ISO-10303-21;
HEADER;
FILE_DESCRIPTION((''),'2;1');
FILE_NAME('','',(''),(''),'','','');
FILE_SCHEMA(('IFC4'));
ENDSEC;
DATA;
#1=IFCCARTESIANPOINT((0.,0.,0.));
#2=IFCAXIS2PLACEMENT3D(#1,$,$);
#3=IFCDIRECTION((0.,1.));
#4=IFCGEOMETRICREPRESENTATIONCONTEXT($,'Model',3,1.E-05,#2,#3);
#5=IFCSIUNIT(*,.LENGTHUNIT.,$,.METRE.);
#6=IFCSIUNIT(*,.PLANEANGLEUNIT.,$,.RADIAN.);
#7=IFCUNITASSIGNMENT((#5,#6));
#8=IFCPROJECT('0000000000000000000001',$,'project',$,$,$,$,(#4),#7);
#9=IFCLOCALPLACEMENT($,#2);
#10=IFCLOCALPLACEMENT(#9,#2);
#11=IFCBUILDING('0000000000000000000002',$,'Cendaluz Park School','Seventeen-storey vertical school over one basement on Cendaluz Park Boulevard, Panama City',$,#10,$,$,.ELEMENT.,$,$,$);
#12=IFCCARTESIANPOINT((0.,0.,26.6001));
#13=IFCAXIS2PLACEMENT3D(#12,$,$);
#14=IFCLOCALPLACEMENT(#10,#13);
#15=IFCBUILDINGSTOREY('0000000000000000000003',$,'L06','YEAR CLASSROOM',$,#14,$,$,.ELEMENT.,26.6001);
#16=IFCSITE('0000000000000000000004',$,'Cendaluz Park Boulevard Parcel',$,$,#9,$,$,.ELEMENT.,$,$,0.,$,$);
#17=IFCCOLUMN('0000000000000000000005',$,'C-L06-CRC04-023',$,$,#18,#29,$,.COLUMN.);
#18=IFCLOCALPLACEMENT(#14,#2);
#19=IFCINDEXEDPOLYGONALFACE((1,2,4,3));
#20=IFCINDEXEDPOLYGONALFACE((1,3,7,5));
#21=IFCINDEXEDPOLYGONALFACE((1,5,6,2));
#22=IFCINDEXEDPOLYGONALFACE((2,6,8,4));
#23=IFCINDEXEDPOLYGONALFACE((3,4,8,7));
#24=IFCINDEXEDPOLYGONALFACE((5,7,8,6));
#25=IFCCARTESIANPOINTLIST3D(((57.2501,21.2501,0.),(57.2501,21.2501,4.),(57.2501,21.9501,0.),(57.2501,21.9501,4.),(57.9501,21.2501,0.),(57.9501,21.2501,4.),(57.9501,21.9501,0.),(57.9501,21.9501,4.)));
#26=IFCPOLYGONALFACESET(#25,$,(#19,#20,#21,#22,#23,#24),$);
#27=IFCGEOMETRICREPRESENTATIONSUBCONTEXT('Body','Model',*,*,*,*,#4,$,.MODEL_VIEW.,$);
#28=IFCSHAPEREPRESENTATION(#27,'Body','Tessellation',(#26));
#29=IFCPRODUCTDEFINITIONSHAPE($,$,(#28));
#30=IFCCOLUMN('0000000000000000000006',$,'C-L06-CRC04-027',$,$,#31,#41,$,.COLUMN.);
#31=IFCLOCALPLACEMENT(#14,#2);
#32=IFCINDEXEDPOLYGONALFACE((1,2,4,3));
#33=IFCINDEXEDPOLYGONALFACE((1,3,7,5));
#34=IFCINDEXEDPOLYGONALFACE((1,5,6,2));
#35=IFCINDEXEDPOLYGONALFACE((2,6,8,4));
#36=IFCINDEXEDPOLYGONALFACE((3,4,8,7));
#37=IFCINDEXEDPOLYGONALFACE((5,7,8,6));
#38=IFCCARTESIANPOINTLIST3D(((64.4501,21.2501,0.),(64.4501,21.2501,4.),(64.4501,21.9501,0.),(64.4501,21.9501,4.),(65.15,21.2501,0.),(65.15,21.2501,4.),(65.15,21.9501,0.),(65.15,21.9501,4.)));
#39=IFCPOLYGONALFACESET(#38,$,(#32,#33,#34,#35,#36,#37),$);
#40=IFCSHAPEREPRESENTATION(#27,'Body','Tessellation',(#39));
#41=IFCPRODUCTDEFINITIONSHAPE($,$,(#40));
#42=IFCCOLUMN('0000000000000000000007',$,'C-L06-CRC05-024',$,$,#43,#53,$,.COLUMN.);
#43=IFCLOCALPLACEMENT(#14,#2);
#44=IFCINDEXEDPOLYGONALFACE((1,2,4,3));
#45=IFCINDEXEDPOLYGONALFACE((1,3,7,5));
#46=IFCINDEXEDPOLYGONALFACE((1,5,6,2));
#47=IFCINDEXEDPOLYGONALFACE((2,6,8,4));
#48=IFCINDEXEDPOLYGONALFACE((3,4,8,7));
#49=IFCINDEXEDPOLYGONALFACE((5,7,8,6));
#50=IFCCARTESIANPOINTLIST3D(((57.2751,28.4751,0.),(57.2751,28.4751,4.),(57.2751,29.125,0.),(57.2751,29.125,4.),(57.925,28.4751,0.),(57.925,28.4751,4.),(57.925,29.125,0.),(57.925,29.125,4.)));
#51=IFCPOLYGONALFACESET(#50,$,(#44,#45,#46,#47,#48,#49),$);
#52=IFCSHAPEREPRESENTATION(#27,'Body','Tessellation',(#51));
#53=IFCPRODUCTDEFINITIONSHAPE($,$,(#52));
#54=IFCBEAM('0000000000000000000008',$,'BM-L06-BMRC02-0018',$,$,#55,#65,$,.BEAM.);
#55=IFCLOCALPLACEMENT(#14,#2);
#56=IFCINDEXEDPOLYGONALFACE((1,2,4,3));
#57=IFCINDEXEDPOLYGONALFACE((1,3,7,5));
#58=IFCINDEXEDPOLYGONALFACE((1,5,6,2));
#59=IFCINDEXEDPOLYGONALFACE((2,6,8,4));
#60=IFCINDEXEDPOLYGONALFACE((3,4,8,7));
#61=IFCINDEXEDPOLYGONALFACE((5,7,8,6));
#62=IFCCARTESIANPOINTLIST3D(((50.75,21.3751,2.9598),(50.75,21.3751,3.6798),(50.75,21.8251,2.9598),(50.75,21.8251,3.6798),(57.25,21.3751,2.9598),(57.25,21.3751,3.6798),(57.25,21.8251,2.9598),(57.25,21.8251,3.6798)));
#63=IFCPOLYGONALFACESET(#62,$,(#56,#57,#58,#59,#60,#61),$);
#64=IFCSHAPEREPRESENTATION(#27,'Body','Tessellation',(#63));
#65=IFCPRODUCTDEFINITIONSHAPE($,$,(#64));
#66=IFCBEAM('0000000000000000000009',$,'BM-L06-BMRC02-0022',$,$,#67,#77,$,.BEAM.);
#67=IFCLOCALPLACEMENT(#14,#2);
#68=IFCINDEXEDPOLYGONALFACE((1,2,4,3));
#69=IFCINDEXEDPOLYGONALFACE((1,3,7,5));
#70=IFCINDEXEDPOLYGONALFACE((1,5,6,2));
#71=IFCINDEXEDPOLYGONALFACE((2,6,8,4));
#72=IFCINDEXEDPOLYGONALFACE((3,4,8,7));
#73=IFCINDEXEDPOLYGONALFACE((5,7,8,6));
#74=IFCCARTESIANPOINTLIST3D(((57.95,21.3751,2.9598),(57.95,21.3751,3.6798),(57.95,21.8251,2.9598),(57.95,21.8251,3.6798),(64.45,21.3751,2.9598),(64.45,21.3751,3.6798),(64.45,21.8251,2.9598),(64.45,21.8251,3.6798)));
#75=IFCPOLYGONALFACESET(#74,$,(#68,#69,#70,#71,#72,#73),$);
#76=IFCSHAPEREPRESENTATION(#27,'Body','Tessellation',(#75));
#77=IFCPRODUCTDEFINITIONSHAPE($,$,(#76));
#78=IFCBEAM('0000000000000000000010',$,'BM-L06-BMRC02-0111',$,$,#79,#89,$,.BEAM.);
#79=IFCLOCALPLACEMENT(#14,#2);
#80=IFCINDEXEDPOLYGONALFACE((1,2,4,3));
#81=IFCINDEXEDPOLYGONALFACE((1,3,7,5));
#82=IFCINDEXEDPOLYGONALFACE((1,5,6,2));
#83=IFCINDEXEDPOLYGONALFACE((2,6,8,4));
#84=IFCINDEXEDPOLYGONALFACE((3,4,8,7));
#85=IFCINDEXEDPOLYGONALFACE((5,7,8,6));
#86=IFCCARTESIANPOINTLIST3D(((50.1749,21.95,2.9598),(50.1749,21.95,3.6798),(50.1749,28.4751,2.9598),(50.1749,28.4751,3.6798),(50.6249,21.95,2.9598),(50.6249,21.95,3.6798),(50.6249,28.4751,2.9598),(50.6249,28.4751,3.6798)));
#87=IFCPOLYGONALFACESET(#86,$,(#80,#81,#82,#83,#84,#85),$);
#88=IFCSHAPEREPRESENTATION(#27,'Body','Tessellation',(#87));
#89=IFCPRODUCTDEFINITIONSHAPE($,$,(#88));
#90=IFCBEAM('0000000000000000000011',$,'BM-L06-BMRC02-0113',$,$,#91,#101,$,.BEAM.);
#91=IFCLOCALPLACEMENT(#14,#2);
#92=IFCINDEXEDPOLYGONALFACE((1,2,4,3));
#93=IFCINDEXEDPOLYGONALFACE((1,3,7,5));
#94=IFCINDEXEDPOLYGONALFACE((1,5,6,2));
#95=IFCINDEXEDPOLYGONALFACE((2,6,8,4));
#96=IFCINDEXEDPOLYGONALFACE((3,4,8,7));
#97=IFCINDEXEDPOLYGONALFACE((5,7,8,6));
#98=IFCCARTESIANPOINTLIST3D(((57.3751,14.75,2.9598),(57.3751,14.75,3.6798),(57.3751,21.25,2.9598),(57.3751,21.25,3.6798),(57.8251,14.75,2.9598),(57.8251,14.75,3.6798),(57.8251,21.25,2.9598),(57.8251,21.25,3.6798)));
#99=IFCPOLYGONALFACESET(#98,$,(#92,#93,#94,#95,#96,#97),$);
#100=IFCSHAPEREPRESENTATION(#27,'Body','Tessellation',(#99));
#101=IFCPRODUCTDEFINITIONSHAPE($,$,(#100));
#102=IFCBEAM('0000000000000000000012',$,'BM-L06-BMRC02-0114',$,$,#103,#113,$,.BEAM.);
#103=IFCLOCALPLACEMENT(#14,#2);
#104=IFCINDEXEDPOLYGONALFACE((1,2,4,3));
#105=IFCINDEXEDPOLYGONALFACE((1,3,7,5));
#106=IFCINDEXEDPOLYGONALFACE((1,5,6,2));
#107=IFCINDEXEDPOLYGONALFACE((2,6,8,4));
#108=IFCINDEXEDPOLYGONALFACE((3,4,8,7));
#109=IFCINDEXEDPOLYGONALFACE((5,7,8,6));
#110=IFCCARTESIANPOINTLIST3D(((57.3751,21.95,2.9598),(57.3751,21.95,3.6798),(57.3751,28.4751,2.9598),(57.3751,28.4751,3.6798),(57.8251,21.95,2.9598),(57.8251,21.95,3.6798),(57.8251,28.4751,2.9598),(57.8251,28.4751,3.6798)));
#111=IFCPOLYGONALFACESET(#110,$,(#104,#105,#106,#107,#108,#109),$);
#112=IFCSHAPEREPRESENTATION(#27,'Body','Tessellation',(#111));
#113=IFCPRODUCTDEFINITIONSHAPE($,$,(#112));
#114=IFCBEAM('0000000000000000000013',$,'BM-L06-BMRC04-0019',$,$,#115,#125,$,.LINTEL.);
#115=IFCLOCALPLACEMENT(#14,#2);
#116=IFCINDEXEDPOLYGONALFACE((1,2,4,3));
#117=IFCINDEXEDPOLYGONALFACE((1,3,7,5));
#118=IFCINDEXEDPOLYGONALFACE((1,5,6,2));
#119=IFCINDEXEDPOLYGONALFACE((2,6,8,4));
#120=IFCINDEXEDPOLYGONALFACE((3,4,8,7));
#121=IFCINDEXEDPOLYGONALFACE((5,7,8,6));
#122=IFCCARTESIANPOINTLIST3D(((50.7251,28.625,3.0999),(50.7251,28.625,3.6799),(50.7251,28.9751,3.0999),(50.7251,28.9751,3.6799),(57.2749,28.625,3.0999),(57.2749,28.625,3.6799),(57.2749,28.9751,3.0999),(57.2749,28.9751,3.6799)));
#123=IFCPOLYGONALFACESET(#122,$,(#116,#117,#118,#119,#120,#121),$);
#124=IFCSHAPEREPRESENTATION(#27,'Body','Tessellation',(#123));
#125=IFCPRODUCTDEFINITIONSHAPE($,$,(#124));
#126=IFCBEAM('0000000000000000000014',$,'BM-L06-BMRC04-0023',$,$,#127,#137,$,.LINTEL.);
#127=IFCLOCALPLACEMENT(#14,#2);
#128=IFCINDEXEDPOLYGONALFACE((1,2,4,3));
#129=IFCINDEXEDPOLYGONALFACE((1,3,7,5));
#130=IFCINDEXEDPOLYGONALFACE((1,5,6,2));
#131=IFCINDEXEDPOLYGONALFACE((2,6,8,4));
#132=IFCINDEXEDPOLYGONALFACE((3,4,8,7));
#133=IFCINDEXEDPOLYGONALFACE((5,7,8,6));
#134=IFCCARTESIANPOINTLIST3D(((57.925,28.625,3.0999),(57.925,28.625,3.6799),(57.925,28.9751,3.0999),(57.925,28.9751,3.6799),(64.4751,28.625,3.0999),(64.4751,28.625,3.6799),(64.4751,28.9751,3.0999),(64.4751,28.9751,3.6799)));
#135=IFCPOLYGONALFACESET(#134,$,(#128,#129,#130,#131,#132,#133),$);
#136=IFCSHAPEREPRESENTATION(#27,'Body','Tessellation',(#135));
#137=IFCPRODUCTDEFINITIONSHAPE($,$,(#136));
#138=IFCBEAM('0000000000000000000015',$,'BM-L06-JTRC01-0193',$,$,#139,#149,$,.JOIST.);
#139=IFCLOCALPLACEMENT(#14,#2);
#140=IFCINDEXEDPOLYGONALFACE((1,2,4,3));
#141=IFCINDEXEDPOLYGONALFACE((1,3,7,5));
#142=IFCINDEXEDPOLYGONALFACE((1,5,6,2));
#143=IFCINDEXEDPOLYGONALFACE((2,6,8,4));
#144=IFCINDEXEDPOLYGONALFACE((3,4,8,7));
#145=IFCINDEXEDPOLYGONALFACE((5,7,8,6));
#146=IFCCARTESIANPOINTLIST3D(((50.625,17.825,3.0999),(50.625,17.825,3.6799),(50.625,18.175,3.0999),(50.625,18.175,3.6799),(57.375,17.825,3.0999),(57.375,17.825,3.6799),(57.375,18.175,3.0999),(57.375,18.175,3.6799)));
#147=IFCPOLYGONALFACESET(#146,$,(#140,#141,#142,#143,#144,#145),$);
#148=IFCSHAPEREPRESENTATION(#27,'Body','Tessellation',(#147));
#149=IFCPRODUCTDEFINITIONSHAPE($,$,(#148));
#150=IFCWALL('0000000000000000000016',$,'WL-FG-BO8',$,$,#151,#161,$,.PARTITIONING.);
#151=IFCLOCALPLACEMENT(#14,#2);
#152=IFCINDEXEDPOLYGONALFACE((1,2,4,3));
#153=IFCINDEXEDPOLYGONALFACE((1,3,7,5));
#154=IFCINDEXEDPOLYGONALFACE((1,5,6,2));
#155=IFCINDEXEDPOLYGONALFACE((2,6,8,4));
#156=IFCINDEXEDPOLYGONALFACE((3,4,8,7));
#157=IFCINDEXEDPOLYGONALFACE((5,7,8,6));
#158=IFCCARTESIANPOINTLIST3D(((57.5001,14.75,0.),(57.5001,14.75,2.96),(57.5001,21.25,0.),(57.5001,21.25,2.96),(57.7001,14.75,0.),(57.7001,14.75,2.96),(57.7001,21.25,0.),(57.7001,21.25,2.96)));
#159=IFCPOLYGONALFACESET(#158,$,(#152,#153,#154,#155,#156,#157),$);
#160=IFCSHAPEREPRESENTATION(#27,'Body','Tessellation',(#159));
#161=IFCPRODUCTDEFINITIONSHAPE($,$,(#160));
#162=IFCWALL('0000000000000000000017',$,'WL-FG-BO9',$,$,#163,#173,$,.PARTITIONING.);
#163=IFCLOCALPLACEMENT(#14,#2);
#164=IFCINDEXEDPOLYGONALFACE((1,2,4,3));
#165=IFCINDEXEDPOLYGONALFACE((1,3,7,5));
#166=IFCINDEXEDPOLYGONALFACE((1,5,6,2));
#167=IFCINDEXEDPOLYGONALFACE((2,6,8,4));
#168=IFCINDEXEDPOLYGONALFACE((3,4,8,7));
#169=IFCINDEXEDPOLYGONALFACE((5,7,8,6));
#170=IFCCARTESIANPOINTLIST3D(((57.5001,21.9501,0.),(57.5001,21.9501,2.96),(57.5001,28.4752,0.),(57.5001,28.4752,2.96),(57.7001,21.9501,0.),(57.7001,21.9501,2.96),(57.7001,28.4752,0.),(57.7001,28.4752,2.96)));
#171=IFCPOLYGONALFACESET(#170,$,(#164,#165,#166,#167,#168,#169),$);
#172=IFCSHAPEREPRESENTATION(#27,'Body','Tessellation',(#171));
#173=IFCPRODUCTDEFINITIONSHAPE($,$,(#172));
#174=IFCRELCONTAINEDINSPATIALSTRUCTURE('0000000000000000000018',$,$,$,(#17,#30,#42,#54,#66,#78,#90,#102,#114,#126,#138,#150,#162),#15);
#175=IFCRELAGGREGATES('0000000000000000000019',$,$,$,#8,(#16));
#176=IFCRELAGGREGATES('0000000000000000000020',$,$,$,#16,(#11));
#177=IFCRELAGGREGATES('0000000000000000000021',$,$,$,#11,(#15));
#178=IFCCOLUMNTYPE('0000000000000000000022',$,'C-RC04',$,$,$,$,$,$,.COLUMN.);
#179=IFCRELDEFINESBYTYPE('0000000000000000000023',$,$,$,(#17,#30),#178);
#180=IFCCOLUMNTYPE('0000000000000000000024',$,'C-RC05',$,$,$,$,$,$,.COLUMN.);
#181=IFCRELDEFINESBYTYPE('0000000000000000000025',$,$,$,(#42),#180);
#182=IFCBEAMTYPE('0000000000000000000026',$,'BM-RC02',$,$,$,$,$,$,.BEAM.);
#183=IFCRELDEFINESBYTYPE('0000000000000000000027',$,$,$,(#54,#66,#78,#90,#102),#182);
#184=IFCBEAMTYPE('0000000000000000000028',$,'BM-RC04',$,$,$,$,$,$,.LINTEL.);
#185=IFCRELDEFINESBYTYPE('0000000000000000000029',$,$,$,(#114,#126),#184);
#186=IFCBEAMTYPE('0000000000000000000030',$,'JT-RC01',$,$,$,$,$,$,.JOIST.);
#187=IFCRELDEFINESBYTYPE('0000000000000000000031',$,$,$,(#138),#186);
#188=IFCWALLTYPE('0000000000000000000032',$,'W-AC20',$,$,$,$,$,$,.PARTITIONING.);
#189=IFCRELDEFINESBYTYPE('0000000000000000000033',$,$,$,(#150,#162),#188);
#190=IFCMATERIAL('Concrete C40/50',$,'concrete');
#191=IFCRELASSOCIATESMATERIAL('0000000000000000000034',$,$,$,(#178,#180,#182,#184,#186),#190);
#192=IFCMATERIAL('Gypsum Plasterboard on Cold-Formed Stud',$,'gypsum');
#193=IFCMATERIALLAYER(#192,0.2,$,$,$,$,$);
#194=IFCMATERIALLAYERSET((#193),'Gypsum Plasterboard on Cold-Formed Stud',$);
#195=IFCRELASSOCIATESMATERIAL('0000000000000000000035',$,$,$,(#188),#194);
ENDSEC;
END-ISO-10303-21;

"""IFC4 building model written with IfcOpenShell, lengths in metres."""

from ifc_helpers import new_model, si_unit, direction, frame, frame_2d, origin, origin_2d, place, context, subcontext, project, spatial, rectangle, extrude, material, layer, layer_set, material_profile, profile_set, type_object, element, save


model = new_model("IFC4")

# Units and contexts
model_context = context("Model", 3, precision=1e-05, world=origin(), true_north=direction((0.0, 1.0)))
body_context = subcontext(model_context, "Body", "Model", "MODEL_VIEW")
ifc_project = project(units=[si_unit("LENGTHUNIT", "METRE"), si_unit("PLANEANGLEUNIT", "RADIAN")], contexts=[model_context])

# Site, building, storey
site_placement = place(None, origin())
site = spatial("IfcSite", under=ifc_project, at=site_placement, Name="Cendaluz Park Boulevard Parcel", CompositionType="ELEMENT", RefElevation=0.0)
building_placement = place(site_placement, origin())
building = spatial("IfcBuilding", under=site, at=building_placement, Name="Cendaluz Park School", Description="Seventeen-storey vertical school over one basement on Cendaluz Park Boulevard, Panama City", CompositionType="ELEMENT")
storey_placement = place(building_placement, frame((0.0, 0.0, 26.6001)))
storey = spatial("IfcBuildingStorey", under=building, at=storey_placement, Name="L06", Description="YEAR CLASSROOM", CompositionType="ELEMENT", Elevation=26.6001)

# Columns
ifc_material_1 = material(Name="Concrete C40/50", Category="concrete")
ifc_material_profile_1 = material_profile(ifc_material_1, rectangle(XDim=0.7, YDim=0.7, at=origin_2d()), Name="RC 700x700", Category="concrete")
ifc_profile_set_1 = profile_set([ifc_material_profile_1], Name="Concrete C40/50")
column_type_1 = type_object("IfcColumnType", Name="C-RC04", PredefinedType="COLUMN", material=ifc_profile_set_1)
for number, where, z_axis, x_axis, name in (
    (1, (57.6001, 21.6001, 0.0), (0.0, 0.0, 1.0), (1.0, 0.0, 0.0), "C-L06-CRC04-023"),
    (2, (64.8, 21.6001, 0.0), (0.0, 0.0, 1.0), (1.0, 0.0, 0.0), "C-L06-CRC04-027"),
):
    element("IfcColumn", number, at=place(storey_placement, frame(where, z_axis=z_axis, x_axis=x_axis)), inside=storey, type_object=column_type_1, Name=name, PredefinedType="COLUMN", context=body_context, shape_type="SweptSolid", body=[
        extrude(rectangle(XDim=0.7, YDim=0.7, at=origin_2d()), origin(), (0.0, 0.0, 1.0), 4.0),
    ])
ifc_material_profile_2 = material_profile(ifc_material_1, rectangle(XDim=0.6499, YDim=0.6499, at=origin_2d()), Name="RC 650x650", Category="concrete")
ifc_profile_set_2 = profile_set([ifc_material_profile_2], Name="Concrete C40/50")
column_type_2 = type_object("IfcColumnType", Name="C-RC05", PredefinedType="COLUMN", material=ifc_profile_set_2)
column_placement = place(storey_placement, frame((57.6001, 28.8, 0.0), z_axis=(0.0, 0.0, 1.0), x_axis=(1.0, 0.0, 0.0)))
element("IfcColumn", 3, at=column_placement, inside=storey, type_object=column_type_2, Name="C-L06-CRC05-024", PredefinedType="COLUMN", context=body_context, shape_type="SweptSolid", body=[
    extrude(rectangle(XDim=0.6499, YDim=0.6499, at=origin_2d()), origin(), (0.0, 0.0, 1.0), 4.0),
])

# Beams
ifc_material_profile_3 = material_profile(ifc_material_1, rectangle(XDim=0.45, YDim=0.72, at=origin_2d()), Name="RC 450x720", Category="concrete")
ifc_profile_set_3 = profile_set([ifc_material_profile_3], Name="Concrete C40/50")
beam_type_1 = type_object("IfcBeamType", Name="BM-RC02", PredefinedType="BEAM", material=ifc_profile_set_3)
for number, where, z_axis, x_axis, name in (
    (4, (50.75, 21.6001, 3.3198), (1.0, 0.0, 0.0), (0.0, 1.0, 0.0), "BM-L06-BMRC02-0018"),
    (5, (57.95, 21.6001, 3.3198), (1.0, 0.0, 0.0), (0.0, 1.0, 0.0), "BM-L06-BMRC02-0022"),
):
    element("IfcBeam", number, at=place(storey_placement, frame(where, z_axis=z_axis, x_axis=x_axis)), inside=storey, type_object=beam_type_1, Name=name, PredefinedType="BEAM", context=body_context, shape_type="SweptSolid", body=[
        extrude(rectangle(XDim=0.45, YDim=0.72, at=origin_2d()), origin(), (0.0, 0.0, 1.0), 6.5),
    ])
beam_1_placement = place(storey_placement, frame((50.3999, 21.95, 3.3198), z_axis=(0.0, 1.0, 0.0), x_axis=(-1.0, 0.0, 0.0)))
element("IfcBeam", 6, at=beam_1_placement, inside=storey, type_object=beam_type_1, Name="BM-L06-BMRC02-0111", PredefinedType="BEAM", context=body_context, shape_type="SweptSolid", body=[
    extrude(rectangle(XDim=0.45, YDim=0.72, at=origin_2d()), origin(), (0.0, 0.0, 1.0), 6.5251),
])
beam_2_placement = place(storey_placement, frame((57.6001, 14.75, 3.3198), z_axis=(0.0, 1.0, 0.0), x_axis=(-1.0, 0.0, 0.0)))
element("IfcBeam", 7, at=beam_2_placement, inside=storey, type_object=beam_type_1, Name="BM-L06-BMRC02-0113", PredefinedType="BEAM", context=body_context, shape_type="SweptSolid", body=[
    extrude(rectangle(XDim=0.45, YDim=0.72, at=origin_2d()), origin(), (0.0, 0.0, 1.0), 6.5),
])
beam_3_placement = place(storey_placement, frame((57.6001, 21.95, 3.3198), z_axis=(0.0, 1.0, 0.0), x_axis=(-1.0, 0.0, 0.0)))
element("IfcBeam", 8, at=beam_3_placement, inside=storey, type_object=beam_type_1, Name="BM-L06-BMRC02-0114", PredefinedType="BEAM", context=body_context, shape_type="SweptSolid", body=[
    extrude(rectangle(XDim=0.45, YDim=0.72, at=origin_2d()), origin(), (0.0, 0.0, 1.0), 6.5251),
])
ifc_material_profile_4 = material_profile(ifc_material_1, rectangle(XDim=0.3501, YDim=0.5801, at=origin_2d()), Name="RC 350x580", Category="concrete")
ifc_profile_set_4 = profile_set([ifc_material_profile_4], Name="Concrete C40/50")
beam_type_2 = type_object("IfcBeamType", Name="BM-RC04", PredefinedType="LINTEL", material=ifc_profile_set_4)
beam_4_placement = place(storey_placement, frame((50.7251, 28.8, 3.3899), z_axis=(1.0, 0.0, 0.0), x_axis=(0.0, 1.0, 0.0)))
element("IfcBeam", 9, at=beam_4_placement, inside=storey, type_object=beam_type_2, Name="BM-L06-BMRC04-0019", PredefinedType="LINTEL", context=body_context, shape_type="SweptSolid", body=[
    extrude(rectangle(XDim=0.3501, YDim=0.5801, at=origin_2d()), origin(), (0.0, 0.0, 1.0), 6.5498),
])
beam_5_placement = place(storey_placement, frame((57.925, 28.8, 3.3899), z_axis=(1.0, 0.0, 0.0), x_axis=(0.0, 1.0, 0.0)))
element("IfcBeam", 10, at=beam_5_placement, inside=storey, type_object=beam_type_2, Name="BM-L06-BMRC04-0023", PredefinedType="LINTEL", context=body_context, shape_type="SweptSolid", body=[
    extrude(rectangle(XDim=0.3501, YDim=0.5801, at=origin_2d()), origin(), (0.0, 0.0, 1.0), 6.55),
])
ifc_material_profile_5 = material_profile(ifc_material_1, rectangle(XDim=0.3501, YDim=0.5801, at=origin_2d()), Name="RC 350x580", Category="concrete")
ifc_profile_set_5 = profile_set([ifc_material_profile_5], Name="Concrete C40/50")
beam_type_3 = type_object("IfcBeamType", Name="JT-RC01", PredefinedType="JOIST", material=ifc_profile_set_5)
beam_6_placement = place(storey_placement, frame((50.625, 18.0, 3.3899), z_axis=(1.0, 0.0, 0.0), x_axis=(0.0, 1.0, 0.0)))
element("IfcBeam", 11, at=beam_6_placement, inside=storey, type_object=beam_type_3, Name="BM-L06-JTRC01-0193", PredefinedType="JOIST", context=body_context, shape_type="SweptSolid", body=[
    extrude(rectangle(XDim=0.3501, YDim=0.5801, at=origin_2d()), origin(), (0.0, 0.0, 1.0), 6.75),
])

# Walls
ifc_material_2 = material(Name="Gypsum Plasterboard on Cold-Formed Stud", Category="gypsum")
ifc_layer_1 = layer(ifc_material_2, 0.2)
ifc_layer_set_1 = layer_set([ifc_layer_1], Name="Gypsum Plasterboard on Cold-Formed Stud")
wall_type_1 = type_object("IfcWallType", Name="W-AC20", PredefinedType="PARTITIONING", material=ifc_layer_set_1)
wall_1_placement = place(storey_placement, frame((57.6001, 14.75, 0.0), z_axis=(0.0, 0.0, 1.0), x_axis=(0.0, 1.0, 0.0)))
element("IfcWall", 12, at=wall_1_placement, inside=storey, type_object=wall_type_1, Name="WL-FG-BO8", PredefinedType="PARTITIONING", context=body_context, shape_type="SweptSolid", body=[
    extrude(rectangle(XDim=6.5, YDim=0.2, at=frame_2d((3.25, 0.0))), origin(), (0.0, 0.0, 1.0), 2.96),
])
wall_2_placement = place(storey_placement, frame((57.6001, 21.95, 0.0), z_axis=(0.0, 0.0, 1.0), x_axis=(0.0, 1.0, 0.0)))
element("IfcWall", 13, at=wall_2_placement, inside=storey, type_object=wall_type_1, Name="WL-FG-BO9", PredefinedType="PARTITIONING", context=body_context, shape_type="SweptSolid", body=[
    extrude(rectangle(XDim=6.5251, YDim=0.2, at=frame_2d((3.2627, 0.0))), origin(), (0.0, 0.0, 1.0), 2.96),
])

save(model, "model.ifc")
